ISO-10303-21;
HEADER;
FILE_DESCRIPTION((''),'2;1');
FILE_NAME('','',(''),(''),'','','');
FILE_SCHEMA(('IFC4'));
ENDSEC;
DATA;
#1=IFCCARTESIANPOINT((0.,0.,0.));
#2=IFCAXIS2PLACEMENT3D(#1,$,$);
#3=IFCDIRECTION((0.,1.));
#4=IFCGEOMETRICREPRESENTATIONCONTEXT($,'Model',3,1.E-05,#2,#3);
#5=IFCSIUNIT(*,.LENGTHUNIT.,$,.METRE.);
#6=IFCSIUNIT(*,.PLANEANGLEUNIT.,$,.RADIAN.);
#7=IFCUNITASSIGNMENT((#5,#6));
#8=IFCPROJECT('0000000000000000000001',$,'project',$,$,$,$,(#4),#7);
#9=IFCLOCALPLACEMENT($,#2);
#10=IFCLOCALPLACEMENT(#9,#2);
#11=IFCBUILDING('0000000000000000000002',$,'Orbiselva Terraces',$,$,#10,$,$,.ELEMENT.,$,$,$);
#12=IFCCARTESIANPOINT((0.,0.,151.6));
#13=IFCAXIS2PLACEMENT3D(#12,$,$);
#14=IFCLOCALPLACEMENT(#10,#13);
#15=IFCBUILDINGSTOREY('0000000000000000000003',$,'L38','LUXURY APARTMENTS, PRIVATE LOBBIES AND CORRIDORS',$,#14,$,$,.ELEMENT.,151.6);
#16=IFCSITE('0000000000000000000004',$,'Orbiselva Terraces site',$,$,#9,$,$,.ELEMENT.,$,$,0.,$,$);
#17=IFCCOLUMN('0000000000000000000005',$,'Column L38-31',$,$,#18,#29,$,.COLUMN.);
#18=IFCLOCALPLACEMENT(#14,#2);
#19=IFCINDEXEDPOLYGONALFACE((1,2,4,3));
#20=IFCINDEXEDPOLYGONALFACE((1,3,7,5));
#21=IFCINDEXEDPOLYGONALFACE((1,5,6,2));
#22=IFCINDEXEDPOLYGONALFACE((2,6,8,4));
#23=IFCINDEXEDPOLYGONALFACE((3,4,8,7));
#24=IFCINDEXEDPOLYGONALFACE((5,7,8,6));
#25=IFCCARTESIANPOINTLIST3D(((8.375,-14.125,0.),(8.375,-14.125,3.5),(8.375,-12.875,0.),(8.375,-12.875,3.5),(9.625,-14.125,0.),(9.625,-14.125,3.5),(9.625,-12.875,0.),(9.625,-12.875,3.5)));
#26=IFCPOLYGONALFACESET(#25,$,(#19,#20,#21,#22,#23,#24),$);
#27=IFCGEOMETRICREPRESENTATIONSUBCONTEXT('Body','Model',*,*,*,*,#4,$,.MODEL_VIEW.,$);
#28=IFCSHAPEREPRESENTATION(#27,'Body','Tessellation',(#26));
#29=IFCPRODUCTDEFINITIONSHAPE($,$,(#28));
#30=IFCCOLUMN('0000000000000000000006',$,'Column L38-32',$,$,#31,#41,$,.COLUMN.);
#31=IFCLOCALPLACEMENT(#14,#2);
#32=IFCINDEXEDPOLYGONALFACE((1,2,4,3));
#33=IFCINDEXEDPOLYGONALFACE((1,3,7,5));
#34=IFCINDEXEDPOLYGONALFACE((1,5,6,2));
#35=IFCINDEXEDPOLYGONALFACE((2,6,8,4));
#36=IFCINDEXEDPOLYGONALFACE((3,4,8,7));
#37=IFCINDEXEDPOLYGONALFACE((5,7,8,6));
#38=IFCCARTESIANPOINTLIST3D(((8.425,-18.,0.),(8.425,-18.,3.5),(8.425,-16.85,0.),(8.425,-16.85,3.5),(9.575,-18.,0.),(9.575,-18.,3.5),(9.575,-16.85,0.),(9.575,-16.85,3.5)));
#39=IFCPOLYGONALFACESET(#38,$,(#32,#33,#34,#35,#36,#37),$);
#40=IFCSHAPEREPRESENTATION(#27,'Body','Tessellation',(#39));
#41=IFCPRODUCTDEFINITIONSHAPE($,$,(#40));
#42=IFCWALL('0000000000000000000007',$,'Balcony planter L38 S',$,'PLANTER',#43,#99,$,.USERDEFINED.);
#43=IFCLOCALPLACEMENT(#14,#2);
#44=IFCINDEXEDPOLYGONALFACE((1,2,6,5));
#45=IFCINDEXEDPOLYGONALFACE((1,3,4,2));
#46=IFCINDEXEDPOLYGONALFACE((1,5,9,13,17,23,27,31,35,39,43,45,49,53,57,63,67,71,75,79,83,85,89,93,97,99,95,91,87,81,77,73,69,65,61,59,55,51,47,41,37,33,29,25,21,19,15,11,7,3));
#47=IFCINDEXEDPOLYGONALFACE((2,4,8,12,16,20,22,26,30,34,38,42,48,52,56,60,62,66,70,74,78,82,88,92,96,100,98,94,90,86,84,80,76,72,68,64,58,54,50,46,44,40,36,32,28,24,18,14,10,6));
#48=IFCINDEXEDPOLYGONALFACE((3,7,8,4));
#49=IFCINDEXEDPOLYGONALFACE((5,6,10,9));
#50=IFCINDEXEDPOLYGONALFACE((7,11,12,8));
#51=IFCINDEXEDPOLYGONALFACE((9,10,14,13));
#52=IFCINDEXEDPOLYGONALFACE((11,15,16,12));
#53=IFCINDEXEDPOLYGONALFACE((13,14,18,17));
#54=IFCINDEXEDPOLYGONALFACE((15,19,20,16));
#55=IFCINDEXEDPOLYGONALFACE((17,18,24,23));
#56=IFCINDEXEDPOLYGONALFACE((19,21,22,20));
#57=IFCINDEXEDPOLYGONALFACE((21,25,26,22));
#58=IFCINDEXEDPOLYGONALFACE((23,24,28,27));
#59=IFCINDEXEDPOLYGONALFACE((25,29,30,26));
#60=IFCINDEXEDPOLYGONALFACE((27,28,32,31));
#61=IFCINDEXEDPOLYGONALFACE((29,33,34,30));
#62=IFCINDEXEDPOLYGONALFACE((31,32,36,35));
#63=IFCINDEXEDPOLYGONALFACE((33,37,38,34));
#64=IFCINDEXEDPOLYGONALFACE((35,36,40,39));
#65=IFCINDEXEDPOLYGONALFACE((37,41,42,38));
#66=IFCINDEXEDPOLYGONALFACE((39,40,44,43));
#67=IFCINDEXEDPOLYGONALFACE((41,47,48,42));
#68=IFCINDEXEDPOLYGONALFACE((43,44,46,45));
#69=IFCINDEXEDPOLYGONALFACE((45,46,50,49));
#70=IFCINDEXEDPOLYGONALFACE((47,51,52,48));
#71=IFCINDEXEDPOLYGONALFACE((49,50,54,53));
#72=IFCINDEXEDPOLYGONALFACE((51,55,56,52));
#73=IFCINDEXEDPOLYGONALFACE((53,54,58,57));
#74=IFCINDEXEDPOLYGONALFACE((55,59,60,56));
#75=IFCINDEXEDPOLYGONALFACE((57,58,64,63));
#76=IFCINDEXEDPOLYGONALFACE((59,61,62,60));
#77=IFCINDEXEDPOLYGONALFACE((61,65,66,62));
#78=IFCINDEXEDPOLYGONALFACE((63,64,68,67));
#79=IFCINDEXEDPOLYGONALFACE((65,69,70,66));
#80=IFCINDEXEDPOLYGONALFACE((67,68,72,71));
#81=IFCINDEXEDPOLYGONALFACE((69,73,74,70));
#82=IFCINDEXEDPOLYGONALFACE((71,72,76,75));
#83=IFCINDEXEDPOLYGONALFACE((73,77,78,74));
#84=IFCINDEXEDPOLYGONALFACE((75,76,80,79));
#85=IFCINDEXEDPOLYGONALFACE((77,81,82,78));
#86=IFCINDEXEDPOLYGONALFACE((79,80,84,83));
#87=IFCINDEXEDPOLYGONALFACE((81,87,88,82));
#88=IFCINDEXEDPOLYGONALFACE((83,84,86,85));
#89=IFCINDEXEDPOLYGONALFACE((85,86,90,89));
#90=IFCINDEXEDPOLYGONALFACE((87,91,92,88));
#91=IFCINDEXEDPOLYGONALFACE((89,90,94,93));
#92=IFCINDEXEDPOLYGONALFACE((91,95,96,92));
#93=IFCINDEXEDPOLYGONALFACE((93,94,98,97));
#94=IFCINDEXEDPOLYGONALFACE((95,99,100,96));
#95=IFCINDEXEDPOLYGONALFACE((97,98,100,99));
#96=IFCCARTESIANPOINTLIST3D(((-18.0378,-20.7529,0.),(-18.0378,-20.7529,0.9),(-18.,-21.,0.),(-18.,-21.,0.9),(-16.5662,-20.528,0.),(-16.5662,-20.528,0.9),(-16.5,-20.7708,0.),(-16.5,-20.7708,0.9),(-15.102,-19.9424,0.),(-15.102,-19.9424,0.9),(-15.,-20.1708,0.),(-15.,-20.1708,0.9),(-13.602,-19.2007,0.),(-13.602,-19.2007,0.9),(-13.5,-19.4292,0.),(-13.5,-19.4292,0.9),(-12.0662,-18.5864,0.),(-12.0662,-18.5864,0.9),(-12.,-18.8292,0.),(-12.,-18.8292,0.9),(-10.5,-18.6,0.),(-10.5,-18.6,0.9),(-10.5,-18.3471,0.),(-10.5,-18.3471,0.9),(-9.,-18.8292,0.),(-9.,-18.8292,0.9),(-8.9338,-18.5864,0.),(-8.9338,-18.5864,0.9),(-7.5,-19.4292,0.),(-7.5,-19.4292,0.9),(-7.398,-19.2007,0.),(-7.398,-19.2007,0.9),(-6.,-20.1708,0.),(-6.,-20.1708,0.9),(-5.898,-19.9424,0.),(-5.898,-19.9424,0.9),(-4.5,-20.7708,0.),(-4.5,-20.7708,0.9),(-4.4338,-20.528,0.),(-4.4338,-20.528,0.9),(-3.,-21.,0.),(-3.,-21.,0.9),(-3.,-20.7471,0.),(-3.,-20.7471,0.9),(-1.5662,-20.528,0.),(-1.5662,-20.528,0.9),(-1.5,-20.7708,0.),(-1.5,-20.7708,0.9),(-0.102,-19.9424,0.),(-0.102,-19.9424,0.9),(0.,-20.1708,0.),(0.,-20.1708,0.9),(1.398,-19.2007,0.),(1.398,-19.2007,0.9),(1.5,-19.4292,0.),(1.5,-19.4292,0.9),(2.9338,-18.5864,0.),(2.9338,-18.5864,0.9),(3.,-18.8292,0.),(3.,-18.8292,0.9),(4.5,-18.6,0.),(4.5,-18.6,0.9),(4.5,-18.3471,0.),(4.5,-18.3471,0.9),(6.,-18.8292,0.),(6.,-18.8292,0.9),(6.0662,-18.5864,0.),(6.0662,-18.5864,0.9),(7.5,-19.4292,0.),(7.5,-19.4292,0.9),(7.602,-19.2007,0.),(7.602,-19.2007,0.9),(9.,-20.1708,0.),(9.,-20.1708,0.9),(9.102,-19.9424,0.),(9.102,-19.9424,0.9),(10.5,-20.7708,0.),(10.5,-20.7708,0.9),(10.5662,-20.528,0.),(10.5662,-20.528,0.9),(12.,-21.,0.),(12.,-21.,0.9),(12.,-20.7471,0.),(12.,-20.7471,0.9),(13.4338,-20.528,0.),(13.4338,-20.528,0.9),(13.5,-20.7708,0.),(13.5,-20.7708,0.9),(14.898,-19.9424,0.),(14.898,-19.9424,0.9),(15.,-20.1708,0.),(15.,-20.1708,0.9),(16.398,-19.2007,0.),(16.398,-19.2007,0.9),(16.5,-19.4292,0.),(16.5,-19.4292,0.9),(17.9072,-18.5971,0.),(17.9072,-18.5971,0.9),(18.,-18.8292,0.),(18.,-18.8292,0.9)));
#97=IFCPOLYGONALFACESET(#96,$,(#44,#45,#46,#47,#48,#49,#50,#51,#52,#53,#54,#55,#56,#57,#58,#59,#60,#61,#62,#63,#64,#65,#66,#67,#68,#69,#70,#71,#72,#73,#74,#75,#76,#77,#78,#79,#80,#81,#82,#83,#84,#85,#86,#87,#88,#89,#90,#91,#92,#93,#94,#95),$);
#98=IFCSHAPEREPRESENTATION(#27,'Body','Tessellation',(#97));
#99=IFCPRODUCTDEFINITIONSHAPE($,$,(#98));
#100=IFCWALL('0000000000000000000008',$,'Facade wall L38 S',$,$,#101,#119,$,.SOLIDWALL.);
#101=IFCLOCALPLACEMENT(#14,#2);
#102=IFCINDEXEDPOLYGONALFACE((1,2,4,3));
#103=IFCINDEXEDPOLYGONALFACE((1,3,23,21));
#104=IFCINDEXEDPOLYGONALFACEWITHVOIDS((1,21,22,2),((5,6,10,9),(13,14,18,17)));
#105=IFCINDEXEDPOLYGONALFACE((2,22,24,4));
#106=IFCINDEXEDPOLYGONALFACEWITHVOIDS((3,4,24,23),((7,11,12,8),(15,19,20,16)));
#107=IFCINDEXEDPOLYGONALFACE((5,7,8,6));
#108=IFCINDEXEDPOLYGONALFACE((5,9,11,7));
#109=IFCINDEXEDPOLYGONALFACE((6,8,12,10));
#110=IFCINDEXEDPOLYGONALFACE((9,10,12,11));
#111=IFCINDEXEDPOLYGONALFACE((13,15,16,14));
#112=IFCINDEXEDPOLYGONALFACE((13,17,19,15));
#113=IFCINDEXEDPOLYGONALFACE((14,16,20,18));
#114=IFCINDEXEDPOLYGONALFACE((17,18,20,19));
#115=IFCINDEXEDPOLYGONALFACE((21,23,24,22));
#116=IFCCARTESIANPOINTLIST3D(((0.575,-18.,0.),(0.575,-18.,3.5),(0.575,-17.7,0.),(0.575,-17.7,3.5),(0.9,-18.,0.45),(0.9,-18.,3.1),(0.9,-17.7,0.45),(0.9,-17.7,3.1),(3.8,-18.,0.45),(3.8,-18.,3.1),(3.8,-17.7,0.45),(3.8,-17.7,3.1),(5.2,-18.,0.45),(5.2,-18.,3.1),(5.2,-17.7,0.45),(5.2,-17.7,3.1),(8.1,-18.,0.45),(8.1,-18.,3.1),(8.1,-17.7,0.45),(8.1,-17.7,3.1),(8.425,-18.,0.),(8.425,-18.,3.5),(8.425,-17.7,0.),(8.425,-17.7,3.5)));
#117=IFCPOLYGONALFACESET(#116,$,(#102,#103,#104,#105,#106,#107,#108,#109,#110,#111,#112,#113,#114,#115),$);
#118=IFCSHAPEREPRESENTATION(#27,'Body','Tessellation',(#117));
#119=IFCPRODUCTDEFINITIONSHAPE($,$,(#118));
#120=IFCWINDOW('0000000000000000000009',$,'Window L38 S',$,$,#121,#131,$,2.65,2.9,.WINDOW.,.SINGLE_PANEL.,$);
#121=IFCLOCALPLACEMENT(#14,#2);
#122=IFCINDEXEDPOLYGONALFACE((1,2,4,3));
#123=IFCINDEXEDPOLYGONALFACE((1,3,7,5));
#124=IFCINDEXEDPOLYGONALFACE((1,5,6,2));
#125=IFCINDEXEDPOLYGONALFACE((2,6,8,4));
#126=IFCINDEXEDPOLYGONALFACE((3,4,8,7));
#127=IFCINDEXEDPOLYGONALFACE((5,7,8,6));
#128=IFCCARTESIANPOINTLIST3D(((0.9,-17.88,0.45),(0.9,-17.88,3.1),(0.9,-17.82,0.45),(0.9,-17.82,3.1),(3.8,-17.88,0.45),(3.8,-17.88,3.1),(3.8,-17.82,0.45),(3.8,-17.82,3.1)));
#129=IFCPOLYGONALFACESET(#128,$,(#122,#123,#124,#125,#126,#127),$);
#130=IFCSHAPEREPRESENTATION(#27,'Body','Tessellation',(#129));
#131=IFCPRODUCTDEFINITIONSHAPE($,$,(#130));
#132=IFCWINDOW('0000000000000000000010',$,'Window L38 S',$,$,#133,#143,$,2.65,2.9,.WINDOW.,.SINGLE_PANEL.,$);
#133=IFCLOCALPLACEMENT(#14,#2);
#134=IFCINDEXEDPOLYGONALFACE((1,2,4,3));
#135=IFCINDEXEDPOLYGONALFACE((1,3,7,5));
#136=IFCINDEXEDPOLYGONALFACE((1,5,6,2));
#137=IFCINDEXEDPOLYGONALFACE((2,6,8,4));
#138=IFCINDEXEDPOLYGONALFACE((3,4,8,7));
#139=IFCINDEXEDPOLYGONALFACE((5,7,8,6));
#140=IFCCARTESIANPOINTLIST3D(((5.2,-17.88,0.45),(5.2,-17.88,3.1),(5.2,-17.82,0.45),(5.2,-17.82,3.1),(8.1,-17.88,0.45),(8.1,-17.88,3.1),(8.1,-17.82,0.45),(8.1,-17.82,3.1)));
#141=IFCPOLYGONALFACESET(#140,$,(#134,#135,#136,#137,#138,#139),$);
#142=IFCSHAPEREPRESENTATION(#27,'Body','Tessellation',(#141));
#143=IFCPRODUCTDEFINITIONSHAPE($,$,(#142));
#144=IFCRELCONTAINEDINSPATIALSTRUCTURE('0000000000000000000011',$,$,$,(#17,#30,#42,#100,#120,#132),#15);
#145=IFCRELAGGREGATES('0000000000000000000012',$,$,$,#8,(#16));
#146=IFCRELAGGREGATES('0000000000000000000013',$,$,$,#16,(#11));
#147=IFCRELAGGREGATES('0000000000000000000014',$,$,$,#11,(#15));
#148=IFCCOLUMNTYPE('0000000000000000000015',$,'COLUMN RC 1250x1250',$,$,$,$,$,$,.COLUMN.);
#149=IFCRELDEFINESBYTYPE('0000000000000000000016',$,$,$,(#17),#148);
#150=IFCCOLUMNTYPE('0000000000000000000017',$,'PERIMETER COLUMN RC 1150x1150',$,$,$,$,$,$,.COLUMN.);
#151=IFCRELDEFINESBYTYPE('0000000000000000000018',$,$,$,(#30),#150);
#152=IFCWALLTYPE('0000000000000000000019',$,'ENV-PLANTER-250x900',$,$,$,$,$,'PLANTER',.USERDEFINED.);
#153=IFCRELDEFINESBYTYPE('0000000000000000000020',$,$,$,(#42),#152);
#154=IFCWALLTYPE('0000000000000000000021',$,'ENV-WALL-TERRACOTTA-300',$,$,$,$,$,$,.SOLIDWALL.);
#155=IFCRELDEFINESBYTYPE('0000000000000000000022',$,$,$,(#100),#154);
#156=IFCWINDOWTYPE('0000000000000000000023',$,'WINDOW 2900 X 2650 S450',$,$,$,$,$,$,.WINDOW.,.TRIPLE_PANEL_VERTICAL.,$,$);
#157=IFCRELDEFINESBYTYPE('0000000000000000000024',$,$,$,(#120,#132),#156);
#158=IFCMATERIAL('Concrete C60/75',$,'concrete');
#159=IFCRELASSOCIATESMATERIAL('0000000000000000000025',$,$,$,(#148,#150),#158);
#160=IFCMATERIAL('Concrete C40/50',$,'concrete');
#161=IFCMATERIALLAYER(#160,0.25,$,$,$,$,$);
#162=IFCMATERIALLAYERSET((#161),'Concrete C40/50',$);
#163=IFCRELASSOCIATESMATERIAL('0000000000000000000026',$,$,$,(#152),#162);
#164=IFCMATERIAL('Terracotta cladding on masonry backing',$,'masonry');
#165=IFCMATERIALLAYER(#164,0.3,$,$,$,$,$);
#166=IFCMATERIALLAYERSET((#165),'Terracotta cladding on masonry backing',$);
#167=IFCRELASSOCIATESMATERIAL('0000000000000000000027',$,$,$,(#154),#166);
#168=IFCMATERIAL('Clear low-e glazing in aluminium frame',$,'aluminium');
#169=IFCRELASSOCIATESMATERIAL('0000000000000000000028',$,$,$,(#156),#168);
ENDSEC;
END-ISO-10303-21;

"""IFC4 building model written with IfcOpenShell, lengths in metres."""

from ifc_helpers import new_model, si_unit, direction, frame, frame_2d, origin, origin_2d, place, context, subcontext, project, spatial, polyline, rectangle, outline, extrude, material, layer, layer_set, material_profile, profile_set, type_object, element, fill, save


model = new_model("IFC4")

# Units and contexts
model_context = context("Model", 3, precision=1e-05, world=origin(), true_north=direction((0.0, 1.0)))
body_context = subcontext(model_context, "Body", "Model", "MODEL_VIEW")
ifc_project = project(units=[si_unit("LENGTHUNIT", "METRE"), si_unit("PLANEANGLEUNIT", "RADIAN")], contexts=[model_context])

# Site, building, storey
site_placement = place(None, origin())
site = spatial("IfcSite", under=ifc_project, at=site_placement, Name="Orbiselva Terraces site", CompositionType="ELEMENT", RefElevation=0.0)
building_placement = place(site_placement, origin())
building = spatial("IfcBuilding", under=site, at=building_placement, Name="Orbiselva Terraces", CompositionType="ELEMENT")
storey_placement = place(building_placement, frame((0.0, 0.0, 151.6)))
storey = spatial("IfcBuildingStorey", under=building, at=storey_placement, Name="L38", Description="LUXURY APARTMENTS, PRIVATE LOBBIES AND CORRIDORS", CompositionType="ELEMENT", Elevation=151.6)

# Columns
ifc_material_1 = material(Name="Concrete C60/75", Category="concrete")
ifc_material_profile_1 = material_profile(ifc_material_1, rectangle(XDim=1.25, YDim=1.25, at=origin_2d()), Name="RC 1250x1250")
ifc_profile_set_1 = profile_set([ifc_material_profile_1], Name="Concrete C60/75")
column_type_1 = type_object("IfcColumnType", Name="COLUMN RC 1250x1250", PredefinedType="COLUMN", material=ifc_profile_set_1)
column_1_placement = place(storey_placement, frame((9.0, -13.5, 0.0), z_axis=(0.0, 0.0, 1.0), x_axis=(1.0, 0.0, 0.0)))
element("IfcColumn", 1, at=column_1_placement, inside=storey, type_object=column_type_1, Name="Column L38-31", PredefinedType="COLUMN", context=body_context, shape_type="SweptSolid", body=[
    extrude(rectangle(XDim=1.25, YDim=1.25, at=origin_2d()), origin(), (0.0, 0.0, 1.0), 3.5),
])
ifc_material_profile_2 = material_profile(ifc_material_1, rectangle(XDim=1.15, YDim=1.15, at=origin_2d()), Name="RC 1150x1150")
ifc_profile_set_2 = profile_set([ifc_material_profile_2], Name="Concrete C60/75")
column_type_2 = type_object("IfcColumnType", Name="PERIMETER COLUMN RC 1150x1150", PredefinedType="COLUMN", material=ifc_profile_set_2)
column_2_placement = place(storey_placement, frame((9.0, -17.425, 0.0), z_axis=(0.0, 0.0, 1.0), x_axis=(1.0, 0.0, 0.0)))
element("IfcColumn", 2, at=column_2_placement, inside=storey, type_object=column_type_2, Name="Column L38-32", PredefinedType="COLUMN", context=body_context, shape_type="SweptSolid", body=[
    extrude(rectangle(XDim=1.15, YDim=1.15, at=origin_2d()), origin(), (0.0, 0.0, 1.0), 3.5),
])

# Wall
ifc_material_2 = material(Name="Concrete C40/50", Category="concrete")
ifc_layer_1 = layer(ifc_material_2, 0.25)
ifc_layer_set_1 = layer_set([ifc_layer_1], Name="Concrete C40/50")
wall_type_1 = type_object("IfcWallType", Name="ENV-PLANTER-250x900", ElementType="PLANTER", PredefinedType="USERDEFINED", material=ifc_layer_set_1)
wall_1_placement = place(storey_placement, origin())
element("IfcWall", 3, at=wall_1_placement, inside=storey, type_object=wall_type_1, Name="Balcony planter L38 S", ObjectType="PLANTER", PredefinedType="USERDEFINED", context=body_context, shape_type="SweptSolid", body=[
    extrude(outline(polyline([(-18.0, -21.0), (-16.5, -20.7708), (-15.0, -20.1708), (-13.5, -19.4292), (-12.0, -18.8292), (-10.5, -18.6), (-9.0, -18.8292), (-7.5, -19.4292), (-6.0, -20.1708), (-4.5, -20.7708), (-3.0, -21.0), (-1.5, -20.7708), (0.0, -20.1708), (1.5, -19.4292), (3.0, -18.8292), (4.5, -18.6), (6.0, -18.8292), (7.5, -19.4292), (9.0, -20.1708), (10.5, -20.7708), (12.0, -21.0), (13.5, -20.7708), (15.0, -20.1708), (16.5, -19.4292), (18.0, -18.8292), (17.9072, -18.5971), (16.398, -19.2007), (14.898, -19.9424), (13.4338, -20.528), (12.0, -20.7471), (10.5662, -20.528), (9.102, -19.9424), (7.602, -19.2007), (6.0662, -18.5864), (4.5, -18.3471), (2.9338, -18.5864), (1.398, -19.2007), (-0.102, -19.9424), (-1.5662, -20.528), (-3.0, -20.7471), (-4.4338, -20.528), (-5.898, -19.9424), (-7.398, -19.2007), (-8.9338, -18.5864), (-10.5, -18.3471), (-12.0662, -18.5864), (-13.602, -19.2007), (-15.102, -19.9424), (-16.5662, -20.528), (-18.0378, -20.7529), (-18.0, -21.0)])), origin(), (0.0, 0.0, 1.0), 0.9),
])

# Wall, openings, windows
ifc_material_3 = material(Name="Terracotta cladding on masonry backing", Category="masonry")
ifc_layer_2 = layer(ifc_material_3, 0.3)
ifc_layer_set_2 = layer_set([ifc_layer_2], Name="Terracotta cladding on masonry backing")
wall_type_2 = type_object("IfcWallType", Name="ENV-WALL-TERRACOTTA-300", PredefinedType="SOLIDWALL", material=ifc_layer_set_2)
wall_2_placement = place(storey_placement, frame((8.425, -17.85, 0.0), z_axis=(0.0, 0.0, 1.0), x_axis=(-1.0, 0.0, 0.0)))
wall_2 = element("IfcWall", 4, at=wall_2_placement, inside=storey, type_object=wall_type_2, Name="Facade wall L38 S", PredefinedType="SOLIDWALL", context=body_context, shape_type="SweptSolid", body=[
    extrude(rectangle(XDim=7.85, YDim=0.3, at=frame_2d((3.925, 0.0))), origin(), (0.0, 0.0, 1.0), 3.5),
])
opening_1_placement = place(wall_2_placement, frame((4.625, 0.0, 0.45)))
opening_1 = element("IfcOpeningElement", 5, at=opening_1_placement, cuts=wall_2, PredefinedType="OPENING", context=body_context, shape_type="SweptSolid", body=[
    extrude(rectangle(XDim=2.9, YDim=2.65, at=frame_2d((1.45, 1.325))), frame((0.0, 0.16, 0.0), z_axis=(0.0, -1.0, 0.0), x_axis=(1.0, 0.0, 0.0)), (0.0, 0.0, 1.0), 0.32),
])
opening_2_placement = place(wall_2_placement, frame((0.325, 0.0, 0.45)))
opening_2 = element("IfcOpeningElement", 6, at=opening_2_placement, cuts=wall_2, PredefinedType="OPENING", context=body_context, shape_type="SweptSolid", body=[
    extrude(rectangle(XDim=2.9, YDim=2.65, at=frame_2d((1.45, 1.325))), frame((0.0, 0.16, 0.0), z_axis=(0.0, -1.0, 0.0), x_axis=(1.0, 0.0, 0.0)), (0.0, 0.0, 1.0), 0.32),
])
ifc_material_4 = material(Name="Clear low-e glazing in aluminium frame", Category="aluminium")
window_type = type_object("IfcWindowType", Name="WINDOW 2900 X 2650 S450", PartitioningType="TRIPLE_PANEL_VERTICAL", PredefinedType="WINDOW", material=ifc_material_4)
window_1_placement = place(opening_1_placement, origin())
window_1 = element("IfcWindow", 7, at=window_1_placement, inside=storey, type_object=window_type, Name="Window L38 S", OverallHeight=2.65, OverallWidth=2.9, PartitioningType="SINGLE_PANEL", PredefinedType="WINDOW", context=body_context, shape_type="SweptSolid", body=[
    extrude(rectangle(XDim=2.9, YDim=2.65, at=frame_2d((1.45, 1.325))), frame((0.0, 0.03, 0.0), z_axis=(0.0, -1.0, 0.0), x_axis=(1.0, 0.0, 0.0)), (0.0, 0.0, 1.0), 0.06),
])
fill(opening_1, window_1)
window_2_placement = place(opening_2_placement, origin())
window_2 = element("IfcWindow", 8, at=window_2_placement, inside=storey, type_object=window_type, Name="Window L38 S", OverallHeight=2.65, OverallWidth=2.9, PartitioningType="SINGLE_PANEL", PredefinedType="WINDOW", context=body_context, shape_type="SweptSolid", body=[
    extrude(rectangle(XDim=2.9, YDim=2.65, at=frame_2d((1.45, 1.325))), frame((0.0, 0.03, 0.0), z_axis=(0.0, -1.0, 0.0), x_axis=(1.0, 0.0, 0.0)), (0.0, 0.0, 1.0), 0.06),
])
fill(opening_2, window_2)

save(model, "model.ifc")
